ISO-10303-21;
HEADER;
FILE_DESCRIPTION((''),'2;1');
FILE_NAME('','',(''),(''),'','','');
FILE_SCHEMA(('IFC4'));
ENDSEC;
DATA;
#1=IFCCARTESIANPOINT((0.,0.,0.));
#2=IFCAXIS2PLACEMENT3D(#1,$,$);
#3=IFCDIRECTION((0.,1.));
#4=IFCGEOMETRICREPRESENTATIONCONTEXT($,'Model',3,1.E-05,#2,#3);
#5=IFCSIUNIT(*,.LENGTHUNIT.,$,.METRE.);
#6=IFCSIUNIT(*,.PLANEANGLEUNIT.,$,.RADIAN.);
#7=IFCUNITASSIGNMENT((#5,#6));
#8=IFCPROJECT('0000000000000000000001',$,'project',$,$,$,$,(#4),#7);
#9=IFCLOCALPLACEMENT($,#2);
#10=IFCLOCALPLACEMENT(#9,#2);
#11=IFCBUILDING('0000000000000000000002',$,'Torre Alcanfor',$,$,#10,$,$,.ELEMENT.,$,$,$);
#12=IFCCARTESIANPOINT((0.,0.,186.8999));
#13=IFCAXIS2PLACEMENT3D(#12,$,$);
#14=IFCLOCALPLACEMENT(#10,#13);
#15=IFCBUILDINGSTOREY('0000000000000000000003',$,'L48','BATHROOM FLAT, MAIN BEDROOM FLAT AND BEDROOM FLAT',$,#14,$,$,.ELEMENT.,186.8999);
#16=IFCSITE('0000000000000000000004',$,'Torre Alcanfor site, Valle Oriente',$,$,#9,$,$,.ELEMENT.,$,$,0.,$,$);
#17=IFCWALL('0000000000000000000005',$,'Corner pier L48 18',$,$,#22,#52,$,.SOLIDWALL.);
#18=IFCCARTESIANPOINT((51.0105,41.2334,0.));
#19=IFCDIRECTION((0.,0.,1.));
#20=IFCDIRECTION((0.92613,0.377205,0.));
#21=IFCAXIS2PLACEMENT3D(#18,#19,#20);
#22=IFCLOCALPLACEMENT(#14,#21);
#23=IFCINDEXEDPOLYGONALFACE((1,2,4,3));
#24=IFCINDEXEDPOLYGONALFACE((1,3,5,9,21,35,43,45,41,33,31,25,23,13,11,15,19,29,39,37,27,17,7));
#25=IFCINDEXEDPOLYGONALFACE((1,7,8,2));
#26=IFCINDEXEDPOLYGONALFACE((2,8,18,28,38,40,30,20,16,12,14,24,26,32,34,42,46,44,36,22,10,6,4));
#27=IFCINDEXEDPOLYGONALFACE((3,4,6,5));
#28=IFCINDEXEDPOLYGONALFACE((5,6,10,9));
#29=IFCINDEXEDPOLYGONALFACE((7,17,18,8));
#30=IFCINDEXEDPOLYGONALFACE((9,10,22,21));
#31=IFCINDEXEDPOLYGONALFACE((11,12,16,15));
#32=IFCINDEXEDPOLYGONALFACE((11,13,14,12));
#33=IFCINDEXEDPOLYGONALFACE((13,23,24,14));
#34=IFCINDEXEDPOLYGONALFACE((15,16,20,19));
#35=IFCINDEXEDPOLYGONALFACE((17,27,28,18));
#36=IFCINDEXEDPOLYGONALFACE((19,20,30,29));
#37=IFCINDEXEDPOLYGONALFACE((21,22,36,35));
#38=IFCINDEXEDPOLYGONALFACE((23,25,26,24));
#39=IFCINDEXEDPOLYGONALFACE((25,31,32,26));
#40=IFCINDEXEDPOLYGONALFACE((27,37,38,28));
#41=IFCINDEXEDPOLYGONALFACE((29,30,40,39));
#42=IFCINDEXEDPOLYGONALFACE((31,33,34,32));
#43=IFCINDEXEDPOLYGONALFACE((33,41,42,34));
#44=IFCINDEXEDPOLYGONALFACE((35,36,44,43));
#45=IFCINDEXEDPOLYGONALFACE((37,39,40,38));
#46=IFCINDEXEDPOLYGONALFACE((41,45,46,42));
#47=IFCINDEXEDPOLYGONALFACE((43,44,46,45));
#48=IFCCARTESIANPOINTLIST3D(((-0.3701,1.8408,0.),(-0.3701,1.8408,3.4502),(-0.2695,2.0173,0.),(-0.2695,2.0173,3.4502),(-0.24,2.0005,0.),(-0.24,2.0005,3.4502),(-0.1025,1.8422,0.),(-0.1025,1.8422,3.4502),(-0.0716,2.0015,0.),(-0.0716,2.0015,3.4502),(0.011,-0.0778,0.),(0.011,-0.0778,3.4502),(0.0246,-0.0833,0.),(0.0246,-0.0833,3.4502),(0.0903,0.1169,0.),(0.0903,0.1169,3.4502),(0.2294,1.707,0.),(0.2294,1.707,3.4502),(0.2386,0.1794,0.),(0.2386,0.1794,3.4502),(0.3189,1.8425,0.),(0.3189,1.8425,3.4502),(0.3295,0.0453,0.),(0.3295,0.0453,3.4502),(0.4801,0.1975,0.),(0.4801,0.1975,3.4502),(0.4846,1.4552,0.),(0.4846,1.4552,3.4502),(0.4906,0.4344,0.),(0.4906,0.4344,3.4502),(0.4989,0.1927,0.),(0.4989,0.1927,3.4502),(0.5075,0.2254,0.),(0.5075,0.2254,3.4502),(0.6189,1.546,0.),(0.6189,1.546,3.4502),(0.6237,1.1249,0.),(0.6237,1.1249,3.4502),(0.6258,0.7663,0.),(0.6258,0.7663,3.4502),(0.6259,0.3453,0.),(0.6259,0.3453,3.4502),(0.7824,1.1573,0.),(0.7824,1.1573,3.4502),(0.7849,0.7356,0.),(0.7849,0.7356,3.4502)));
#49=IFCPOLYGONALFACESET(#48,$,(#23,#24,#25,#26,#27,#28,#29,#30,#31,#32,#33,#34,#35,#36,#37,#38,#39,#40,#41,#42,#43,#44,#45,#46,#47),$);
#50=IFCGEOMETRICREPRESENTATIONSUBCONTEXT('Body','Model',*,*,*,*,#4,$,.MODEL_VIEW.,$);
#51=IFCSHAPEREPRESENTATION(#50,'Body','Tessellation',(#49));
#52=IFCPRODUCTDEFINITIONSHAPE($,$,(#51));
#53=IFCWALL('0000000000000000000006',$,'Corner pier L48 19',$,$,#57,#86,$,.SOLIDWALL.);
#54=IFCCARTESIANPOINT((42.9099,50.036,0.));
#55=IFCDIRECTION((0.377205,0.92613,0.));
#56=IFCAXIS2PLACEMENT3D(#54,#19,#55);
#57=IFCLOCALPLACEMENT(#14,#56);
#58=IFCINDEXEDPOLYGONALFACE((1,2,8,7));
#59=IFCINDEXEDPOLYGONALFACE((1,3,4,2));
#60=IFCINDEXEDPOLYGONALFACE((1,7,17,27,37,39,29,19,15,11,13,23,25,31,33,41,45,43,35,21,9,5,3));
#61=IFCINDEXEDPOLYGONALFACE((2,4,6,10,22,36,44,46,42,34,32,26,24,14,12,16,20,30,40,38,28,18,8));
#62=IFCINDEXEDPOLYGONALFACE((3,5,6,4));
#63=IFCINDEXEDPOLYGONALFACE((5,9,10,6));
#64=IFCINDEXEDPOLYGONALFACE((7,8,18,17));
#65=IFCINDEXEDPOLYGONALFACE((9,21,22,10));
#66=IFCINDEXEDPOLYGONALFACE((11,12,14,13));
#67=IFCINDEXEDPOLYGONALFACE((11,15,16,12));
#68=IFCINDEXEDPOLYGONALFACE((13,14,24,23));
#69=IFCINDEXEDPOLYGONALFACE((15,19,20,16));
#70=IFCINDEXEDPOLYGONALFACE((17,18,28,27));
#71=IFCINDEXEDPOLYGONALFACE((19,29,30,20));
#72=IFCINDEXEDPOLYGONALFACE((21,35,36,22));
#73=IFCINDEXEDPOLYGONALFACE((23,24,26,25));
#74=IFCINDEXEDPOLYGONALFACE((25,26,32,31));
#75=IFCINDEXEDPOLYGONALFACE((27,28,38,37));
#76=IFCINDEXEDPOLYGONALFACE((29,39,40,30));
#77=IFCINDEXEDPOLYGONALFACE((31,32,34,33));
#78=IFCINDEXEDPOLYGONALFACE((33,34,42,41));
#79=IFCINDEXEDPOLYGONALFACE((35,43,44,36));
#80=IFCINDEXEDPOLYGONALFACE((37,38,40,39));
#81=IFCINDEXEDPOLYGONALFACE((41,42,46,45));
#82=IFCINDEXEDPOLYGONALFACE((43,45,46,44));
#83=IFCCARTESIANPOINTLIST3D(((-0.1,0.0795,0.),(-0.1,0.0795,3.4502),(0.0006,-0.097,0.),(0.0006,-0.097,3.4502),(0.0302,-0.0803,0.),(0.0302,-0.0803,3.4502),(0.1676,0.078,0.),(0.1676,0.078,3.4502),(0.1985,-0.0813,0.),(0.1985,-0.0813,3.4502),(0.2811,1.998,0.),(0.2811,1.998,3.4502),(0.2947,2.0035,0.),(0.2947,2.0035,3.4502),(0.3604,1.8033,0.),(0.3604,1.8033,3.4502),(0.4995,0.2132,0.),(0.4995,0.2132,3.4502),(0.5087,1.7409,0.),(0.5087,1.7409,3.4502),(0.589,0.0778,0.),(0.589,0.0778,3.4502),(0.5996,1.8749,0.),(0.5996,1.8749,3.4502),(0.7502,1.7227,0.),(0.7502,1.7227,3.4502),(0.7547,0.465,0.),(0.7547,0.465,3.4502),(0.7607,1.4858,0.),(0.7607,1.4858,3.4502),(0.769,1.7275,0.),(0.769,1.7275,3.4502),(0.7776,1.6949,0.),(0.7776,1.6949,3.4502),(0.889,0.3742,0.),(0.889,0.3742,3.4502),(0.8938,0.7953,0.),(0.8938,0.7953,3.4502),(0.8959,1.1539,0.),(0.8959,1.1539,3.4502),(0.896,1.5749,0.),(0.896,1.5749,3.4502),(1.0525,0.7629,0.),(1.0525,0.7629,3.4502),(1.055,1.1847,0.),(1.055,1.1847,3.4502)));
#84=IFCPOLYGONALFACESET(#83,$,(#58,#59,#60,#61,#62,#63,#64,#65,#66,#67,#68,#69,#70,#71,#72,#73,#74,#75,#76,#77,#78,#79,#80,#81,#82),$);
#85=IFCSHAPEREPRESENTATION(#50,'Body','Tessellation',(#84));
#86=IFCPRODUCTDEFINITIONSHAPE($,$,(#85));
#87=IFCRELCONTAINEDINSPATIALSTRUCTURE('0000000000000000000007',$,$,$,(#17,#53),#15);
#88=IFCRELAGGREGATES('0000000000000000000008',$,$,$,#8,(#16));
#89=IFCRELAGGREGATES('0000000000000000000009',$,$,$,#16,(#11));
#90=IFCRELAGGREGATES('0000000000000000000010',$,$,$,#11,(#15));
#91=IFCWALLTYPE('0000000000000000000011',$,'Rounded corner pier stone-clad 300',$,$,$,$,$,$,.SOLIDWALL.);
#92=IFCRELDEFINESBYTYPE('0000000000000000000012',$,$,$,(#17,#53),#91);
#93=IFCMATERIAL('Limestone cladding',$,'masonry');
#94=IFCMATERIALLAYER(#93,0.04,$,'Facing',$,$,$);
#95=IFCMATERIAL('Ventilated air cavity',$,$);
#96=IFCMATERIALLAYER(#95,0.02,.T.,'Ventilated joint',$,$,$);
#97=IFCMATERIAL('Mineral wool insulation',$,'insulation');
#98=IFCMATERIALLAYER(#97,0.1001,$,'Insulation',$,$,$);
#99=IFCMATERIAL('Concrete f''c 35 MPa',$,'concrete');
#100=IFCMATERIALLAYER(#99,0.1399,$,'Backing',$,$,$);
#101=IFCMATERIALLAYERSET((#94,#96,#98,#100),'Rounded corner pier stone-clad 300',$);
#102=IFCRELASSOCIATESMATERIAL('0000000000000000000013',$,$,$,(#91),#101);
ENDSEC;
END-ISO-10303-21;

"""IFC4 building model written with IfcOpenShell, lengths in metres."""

from ifc_helpers import new_model, si_unit, direction, frame, origin, place, context, subcontext, project, spatial, polyline, outline, extrude, material, layer, layer_set, type_object, element, save


model = new_model("IFC4")

# Units and contexts
model_context = context("Model", 3, precision=1e-05, world=origin(), true_north=direction((0.0, 1.0)))
body_context = subcontext(model_context, "Body", "Model", "MODEL_VIEW")
ifc_project = project(units=[si_unit("LENGTHUNIT", "METRE"), si_unit("PLANEANGLEUNIT", "RADIAN")], contexts=[model_context])

# Site, building, storey
site_placement = place(None, origin())
site = spatial("IfcSite", under=ifc_project, at=site_placement, Name="Torre Alcanfor site, Valle Oriente", CompositionType="ELEMENT", RefElevation=0.0)
building_placement = place(site_placement, origin())
building = spatial("IfcBuilding", under=site, at=building_placement, Name="Torre Alcanfor", CompositionType="ELEMENT")
storey_placement = place(building_placement, frame((0.0, 0.0, 186.8999)))
storey = spatial("IfcBuildingStorey", under=building, at=storey_placement, Name="L48", Description="BATHROOM FLAT, MAIN BEDROOM FLAT AND BEDROOM FLAT", CompositionType="ELEMENT", Elevation=186.8999)

# Shared definitions
ifc_material_1 = material(Name="Limestone cladding", Category="masonry")
ifc_material_2 = material(Name="Ventilated air cavity")
ifc_material_3 = material(Name="Mineral wool insulation", Category="insulation")
ifc_material_4 = material(Name="Concrete f'c 35 MPa", Category="concrete")

# Walls
ifc_layer_1 = layer(ifc_material_1, 0.04, Name="Facing")
ifc_layer_2 = layer(ifc_material_2, 0.02, ventilated=True, Name="Ventilated joint")
ifc_layer_3 = layer(ifc_material_3, 0.1001, Name="Insulation")
ifc_layer_4 = layer(ifc_material_4, 0.1399, Name="Backing")
ifc_layer_set_1 = layer_set([ifc_layer_1, ifc_layer_2, ifc_layer_3, ifc_layer_4], Name="Rounded corner pier stone-clad 300")
wall_type_1 = type_object("IfcWallType", Name="Rounded corner pier stone-clad 300", PredefinedType="SOLIDWALL", material=ifc_layer_set_1)
wall_1_placement = place(storey_placement, frame((51.0105, 41.2334, 0.0), z_axis=(0.0, 0.0, 1.0), x_axis=(0.92613, 0.377205, 0.0)))
element("IfcWall", 1, at=wall_1_placement, inside=storey, type_object=wall_type_1, Name="Corner pier L48 18", PredefinedType="SOLIDWALL", context=body_context, shape_type="SweptSolid", body=[
    extrude(outline(polyline([(0.6259, 0.3453), (0.7849, 0.7356), (0.7824, 1.1573), (0.6189, 1.546), (0.3189, 1.8425), (-0.0716, 2.0015), (-0.24, 2.0005), (-0.2695, 2.0173), (-0.3701, 1.8408), (-0.1025, 1.8422), (0.2294, 1.707), (0.4846, 1.4552), (0.6237, 1.1249), (0.6258, 0.7663), (0.4906, 0.4344), (0.2386, 0.1794), (0.0903, 0.1169), (0.011, -0.0778), (0.0246, -0.0833), (0.3295, 0.0453), (0.4801, 0.1975), (0.4989, 0.1927), (0.5075, 0.2254), (0.6259, 0.3453)])), origin(), (0.0, 0.0, 1.0), 3.4502),
])
wall_2_placement = place(storey_placement, frame((42.9099, 50.036, 0.0), z_axis=(0.0, 0.0, 1.0), x_axis=(0.377205, 0.92613, 0.0)))
element("IfcWall", 2, at=wall_2_placement, inside=storey, type_object=wall_type_1, Name="Corner pier L48 19", PredefinedType="SOLIDWALL", context=body_context, shape_type="SweptSolid", body=[
    extrude(outline(polyline([(0.769, 1.7275), (0.7502, 1.7227), (0.5996, 1.8749), (0.2947, 2.0035), (0.2811, 1.998), (0.3604, 1.8033), (0.5087, 1.7409), (0.7607, 1.4858), (0.8959, 1.1539), (0.8938, 0.7953), (0.7547, 0.465), (0.4995, 0.2132), (0.1676, 0.078), (-0.1, 0.0795), (0.0006, -0.097), (0.0302, -0.0803), (0.1985, -0.0813), (0.589, 0.0778), (0.889, 0.3742), (1.0525, 0.7629), (1.055, 1.1847), (0.896, 1.5749), (0.7776, 1.6949), (0.769, 1.7275)])), origin(), (0.0, 0.0, 1.0), 3.4502),
])

save(model, "model.ifc")
